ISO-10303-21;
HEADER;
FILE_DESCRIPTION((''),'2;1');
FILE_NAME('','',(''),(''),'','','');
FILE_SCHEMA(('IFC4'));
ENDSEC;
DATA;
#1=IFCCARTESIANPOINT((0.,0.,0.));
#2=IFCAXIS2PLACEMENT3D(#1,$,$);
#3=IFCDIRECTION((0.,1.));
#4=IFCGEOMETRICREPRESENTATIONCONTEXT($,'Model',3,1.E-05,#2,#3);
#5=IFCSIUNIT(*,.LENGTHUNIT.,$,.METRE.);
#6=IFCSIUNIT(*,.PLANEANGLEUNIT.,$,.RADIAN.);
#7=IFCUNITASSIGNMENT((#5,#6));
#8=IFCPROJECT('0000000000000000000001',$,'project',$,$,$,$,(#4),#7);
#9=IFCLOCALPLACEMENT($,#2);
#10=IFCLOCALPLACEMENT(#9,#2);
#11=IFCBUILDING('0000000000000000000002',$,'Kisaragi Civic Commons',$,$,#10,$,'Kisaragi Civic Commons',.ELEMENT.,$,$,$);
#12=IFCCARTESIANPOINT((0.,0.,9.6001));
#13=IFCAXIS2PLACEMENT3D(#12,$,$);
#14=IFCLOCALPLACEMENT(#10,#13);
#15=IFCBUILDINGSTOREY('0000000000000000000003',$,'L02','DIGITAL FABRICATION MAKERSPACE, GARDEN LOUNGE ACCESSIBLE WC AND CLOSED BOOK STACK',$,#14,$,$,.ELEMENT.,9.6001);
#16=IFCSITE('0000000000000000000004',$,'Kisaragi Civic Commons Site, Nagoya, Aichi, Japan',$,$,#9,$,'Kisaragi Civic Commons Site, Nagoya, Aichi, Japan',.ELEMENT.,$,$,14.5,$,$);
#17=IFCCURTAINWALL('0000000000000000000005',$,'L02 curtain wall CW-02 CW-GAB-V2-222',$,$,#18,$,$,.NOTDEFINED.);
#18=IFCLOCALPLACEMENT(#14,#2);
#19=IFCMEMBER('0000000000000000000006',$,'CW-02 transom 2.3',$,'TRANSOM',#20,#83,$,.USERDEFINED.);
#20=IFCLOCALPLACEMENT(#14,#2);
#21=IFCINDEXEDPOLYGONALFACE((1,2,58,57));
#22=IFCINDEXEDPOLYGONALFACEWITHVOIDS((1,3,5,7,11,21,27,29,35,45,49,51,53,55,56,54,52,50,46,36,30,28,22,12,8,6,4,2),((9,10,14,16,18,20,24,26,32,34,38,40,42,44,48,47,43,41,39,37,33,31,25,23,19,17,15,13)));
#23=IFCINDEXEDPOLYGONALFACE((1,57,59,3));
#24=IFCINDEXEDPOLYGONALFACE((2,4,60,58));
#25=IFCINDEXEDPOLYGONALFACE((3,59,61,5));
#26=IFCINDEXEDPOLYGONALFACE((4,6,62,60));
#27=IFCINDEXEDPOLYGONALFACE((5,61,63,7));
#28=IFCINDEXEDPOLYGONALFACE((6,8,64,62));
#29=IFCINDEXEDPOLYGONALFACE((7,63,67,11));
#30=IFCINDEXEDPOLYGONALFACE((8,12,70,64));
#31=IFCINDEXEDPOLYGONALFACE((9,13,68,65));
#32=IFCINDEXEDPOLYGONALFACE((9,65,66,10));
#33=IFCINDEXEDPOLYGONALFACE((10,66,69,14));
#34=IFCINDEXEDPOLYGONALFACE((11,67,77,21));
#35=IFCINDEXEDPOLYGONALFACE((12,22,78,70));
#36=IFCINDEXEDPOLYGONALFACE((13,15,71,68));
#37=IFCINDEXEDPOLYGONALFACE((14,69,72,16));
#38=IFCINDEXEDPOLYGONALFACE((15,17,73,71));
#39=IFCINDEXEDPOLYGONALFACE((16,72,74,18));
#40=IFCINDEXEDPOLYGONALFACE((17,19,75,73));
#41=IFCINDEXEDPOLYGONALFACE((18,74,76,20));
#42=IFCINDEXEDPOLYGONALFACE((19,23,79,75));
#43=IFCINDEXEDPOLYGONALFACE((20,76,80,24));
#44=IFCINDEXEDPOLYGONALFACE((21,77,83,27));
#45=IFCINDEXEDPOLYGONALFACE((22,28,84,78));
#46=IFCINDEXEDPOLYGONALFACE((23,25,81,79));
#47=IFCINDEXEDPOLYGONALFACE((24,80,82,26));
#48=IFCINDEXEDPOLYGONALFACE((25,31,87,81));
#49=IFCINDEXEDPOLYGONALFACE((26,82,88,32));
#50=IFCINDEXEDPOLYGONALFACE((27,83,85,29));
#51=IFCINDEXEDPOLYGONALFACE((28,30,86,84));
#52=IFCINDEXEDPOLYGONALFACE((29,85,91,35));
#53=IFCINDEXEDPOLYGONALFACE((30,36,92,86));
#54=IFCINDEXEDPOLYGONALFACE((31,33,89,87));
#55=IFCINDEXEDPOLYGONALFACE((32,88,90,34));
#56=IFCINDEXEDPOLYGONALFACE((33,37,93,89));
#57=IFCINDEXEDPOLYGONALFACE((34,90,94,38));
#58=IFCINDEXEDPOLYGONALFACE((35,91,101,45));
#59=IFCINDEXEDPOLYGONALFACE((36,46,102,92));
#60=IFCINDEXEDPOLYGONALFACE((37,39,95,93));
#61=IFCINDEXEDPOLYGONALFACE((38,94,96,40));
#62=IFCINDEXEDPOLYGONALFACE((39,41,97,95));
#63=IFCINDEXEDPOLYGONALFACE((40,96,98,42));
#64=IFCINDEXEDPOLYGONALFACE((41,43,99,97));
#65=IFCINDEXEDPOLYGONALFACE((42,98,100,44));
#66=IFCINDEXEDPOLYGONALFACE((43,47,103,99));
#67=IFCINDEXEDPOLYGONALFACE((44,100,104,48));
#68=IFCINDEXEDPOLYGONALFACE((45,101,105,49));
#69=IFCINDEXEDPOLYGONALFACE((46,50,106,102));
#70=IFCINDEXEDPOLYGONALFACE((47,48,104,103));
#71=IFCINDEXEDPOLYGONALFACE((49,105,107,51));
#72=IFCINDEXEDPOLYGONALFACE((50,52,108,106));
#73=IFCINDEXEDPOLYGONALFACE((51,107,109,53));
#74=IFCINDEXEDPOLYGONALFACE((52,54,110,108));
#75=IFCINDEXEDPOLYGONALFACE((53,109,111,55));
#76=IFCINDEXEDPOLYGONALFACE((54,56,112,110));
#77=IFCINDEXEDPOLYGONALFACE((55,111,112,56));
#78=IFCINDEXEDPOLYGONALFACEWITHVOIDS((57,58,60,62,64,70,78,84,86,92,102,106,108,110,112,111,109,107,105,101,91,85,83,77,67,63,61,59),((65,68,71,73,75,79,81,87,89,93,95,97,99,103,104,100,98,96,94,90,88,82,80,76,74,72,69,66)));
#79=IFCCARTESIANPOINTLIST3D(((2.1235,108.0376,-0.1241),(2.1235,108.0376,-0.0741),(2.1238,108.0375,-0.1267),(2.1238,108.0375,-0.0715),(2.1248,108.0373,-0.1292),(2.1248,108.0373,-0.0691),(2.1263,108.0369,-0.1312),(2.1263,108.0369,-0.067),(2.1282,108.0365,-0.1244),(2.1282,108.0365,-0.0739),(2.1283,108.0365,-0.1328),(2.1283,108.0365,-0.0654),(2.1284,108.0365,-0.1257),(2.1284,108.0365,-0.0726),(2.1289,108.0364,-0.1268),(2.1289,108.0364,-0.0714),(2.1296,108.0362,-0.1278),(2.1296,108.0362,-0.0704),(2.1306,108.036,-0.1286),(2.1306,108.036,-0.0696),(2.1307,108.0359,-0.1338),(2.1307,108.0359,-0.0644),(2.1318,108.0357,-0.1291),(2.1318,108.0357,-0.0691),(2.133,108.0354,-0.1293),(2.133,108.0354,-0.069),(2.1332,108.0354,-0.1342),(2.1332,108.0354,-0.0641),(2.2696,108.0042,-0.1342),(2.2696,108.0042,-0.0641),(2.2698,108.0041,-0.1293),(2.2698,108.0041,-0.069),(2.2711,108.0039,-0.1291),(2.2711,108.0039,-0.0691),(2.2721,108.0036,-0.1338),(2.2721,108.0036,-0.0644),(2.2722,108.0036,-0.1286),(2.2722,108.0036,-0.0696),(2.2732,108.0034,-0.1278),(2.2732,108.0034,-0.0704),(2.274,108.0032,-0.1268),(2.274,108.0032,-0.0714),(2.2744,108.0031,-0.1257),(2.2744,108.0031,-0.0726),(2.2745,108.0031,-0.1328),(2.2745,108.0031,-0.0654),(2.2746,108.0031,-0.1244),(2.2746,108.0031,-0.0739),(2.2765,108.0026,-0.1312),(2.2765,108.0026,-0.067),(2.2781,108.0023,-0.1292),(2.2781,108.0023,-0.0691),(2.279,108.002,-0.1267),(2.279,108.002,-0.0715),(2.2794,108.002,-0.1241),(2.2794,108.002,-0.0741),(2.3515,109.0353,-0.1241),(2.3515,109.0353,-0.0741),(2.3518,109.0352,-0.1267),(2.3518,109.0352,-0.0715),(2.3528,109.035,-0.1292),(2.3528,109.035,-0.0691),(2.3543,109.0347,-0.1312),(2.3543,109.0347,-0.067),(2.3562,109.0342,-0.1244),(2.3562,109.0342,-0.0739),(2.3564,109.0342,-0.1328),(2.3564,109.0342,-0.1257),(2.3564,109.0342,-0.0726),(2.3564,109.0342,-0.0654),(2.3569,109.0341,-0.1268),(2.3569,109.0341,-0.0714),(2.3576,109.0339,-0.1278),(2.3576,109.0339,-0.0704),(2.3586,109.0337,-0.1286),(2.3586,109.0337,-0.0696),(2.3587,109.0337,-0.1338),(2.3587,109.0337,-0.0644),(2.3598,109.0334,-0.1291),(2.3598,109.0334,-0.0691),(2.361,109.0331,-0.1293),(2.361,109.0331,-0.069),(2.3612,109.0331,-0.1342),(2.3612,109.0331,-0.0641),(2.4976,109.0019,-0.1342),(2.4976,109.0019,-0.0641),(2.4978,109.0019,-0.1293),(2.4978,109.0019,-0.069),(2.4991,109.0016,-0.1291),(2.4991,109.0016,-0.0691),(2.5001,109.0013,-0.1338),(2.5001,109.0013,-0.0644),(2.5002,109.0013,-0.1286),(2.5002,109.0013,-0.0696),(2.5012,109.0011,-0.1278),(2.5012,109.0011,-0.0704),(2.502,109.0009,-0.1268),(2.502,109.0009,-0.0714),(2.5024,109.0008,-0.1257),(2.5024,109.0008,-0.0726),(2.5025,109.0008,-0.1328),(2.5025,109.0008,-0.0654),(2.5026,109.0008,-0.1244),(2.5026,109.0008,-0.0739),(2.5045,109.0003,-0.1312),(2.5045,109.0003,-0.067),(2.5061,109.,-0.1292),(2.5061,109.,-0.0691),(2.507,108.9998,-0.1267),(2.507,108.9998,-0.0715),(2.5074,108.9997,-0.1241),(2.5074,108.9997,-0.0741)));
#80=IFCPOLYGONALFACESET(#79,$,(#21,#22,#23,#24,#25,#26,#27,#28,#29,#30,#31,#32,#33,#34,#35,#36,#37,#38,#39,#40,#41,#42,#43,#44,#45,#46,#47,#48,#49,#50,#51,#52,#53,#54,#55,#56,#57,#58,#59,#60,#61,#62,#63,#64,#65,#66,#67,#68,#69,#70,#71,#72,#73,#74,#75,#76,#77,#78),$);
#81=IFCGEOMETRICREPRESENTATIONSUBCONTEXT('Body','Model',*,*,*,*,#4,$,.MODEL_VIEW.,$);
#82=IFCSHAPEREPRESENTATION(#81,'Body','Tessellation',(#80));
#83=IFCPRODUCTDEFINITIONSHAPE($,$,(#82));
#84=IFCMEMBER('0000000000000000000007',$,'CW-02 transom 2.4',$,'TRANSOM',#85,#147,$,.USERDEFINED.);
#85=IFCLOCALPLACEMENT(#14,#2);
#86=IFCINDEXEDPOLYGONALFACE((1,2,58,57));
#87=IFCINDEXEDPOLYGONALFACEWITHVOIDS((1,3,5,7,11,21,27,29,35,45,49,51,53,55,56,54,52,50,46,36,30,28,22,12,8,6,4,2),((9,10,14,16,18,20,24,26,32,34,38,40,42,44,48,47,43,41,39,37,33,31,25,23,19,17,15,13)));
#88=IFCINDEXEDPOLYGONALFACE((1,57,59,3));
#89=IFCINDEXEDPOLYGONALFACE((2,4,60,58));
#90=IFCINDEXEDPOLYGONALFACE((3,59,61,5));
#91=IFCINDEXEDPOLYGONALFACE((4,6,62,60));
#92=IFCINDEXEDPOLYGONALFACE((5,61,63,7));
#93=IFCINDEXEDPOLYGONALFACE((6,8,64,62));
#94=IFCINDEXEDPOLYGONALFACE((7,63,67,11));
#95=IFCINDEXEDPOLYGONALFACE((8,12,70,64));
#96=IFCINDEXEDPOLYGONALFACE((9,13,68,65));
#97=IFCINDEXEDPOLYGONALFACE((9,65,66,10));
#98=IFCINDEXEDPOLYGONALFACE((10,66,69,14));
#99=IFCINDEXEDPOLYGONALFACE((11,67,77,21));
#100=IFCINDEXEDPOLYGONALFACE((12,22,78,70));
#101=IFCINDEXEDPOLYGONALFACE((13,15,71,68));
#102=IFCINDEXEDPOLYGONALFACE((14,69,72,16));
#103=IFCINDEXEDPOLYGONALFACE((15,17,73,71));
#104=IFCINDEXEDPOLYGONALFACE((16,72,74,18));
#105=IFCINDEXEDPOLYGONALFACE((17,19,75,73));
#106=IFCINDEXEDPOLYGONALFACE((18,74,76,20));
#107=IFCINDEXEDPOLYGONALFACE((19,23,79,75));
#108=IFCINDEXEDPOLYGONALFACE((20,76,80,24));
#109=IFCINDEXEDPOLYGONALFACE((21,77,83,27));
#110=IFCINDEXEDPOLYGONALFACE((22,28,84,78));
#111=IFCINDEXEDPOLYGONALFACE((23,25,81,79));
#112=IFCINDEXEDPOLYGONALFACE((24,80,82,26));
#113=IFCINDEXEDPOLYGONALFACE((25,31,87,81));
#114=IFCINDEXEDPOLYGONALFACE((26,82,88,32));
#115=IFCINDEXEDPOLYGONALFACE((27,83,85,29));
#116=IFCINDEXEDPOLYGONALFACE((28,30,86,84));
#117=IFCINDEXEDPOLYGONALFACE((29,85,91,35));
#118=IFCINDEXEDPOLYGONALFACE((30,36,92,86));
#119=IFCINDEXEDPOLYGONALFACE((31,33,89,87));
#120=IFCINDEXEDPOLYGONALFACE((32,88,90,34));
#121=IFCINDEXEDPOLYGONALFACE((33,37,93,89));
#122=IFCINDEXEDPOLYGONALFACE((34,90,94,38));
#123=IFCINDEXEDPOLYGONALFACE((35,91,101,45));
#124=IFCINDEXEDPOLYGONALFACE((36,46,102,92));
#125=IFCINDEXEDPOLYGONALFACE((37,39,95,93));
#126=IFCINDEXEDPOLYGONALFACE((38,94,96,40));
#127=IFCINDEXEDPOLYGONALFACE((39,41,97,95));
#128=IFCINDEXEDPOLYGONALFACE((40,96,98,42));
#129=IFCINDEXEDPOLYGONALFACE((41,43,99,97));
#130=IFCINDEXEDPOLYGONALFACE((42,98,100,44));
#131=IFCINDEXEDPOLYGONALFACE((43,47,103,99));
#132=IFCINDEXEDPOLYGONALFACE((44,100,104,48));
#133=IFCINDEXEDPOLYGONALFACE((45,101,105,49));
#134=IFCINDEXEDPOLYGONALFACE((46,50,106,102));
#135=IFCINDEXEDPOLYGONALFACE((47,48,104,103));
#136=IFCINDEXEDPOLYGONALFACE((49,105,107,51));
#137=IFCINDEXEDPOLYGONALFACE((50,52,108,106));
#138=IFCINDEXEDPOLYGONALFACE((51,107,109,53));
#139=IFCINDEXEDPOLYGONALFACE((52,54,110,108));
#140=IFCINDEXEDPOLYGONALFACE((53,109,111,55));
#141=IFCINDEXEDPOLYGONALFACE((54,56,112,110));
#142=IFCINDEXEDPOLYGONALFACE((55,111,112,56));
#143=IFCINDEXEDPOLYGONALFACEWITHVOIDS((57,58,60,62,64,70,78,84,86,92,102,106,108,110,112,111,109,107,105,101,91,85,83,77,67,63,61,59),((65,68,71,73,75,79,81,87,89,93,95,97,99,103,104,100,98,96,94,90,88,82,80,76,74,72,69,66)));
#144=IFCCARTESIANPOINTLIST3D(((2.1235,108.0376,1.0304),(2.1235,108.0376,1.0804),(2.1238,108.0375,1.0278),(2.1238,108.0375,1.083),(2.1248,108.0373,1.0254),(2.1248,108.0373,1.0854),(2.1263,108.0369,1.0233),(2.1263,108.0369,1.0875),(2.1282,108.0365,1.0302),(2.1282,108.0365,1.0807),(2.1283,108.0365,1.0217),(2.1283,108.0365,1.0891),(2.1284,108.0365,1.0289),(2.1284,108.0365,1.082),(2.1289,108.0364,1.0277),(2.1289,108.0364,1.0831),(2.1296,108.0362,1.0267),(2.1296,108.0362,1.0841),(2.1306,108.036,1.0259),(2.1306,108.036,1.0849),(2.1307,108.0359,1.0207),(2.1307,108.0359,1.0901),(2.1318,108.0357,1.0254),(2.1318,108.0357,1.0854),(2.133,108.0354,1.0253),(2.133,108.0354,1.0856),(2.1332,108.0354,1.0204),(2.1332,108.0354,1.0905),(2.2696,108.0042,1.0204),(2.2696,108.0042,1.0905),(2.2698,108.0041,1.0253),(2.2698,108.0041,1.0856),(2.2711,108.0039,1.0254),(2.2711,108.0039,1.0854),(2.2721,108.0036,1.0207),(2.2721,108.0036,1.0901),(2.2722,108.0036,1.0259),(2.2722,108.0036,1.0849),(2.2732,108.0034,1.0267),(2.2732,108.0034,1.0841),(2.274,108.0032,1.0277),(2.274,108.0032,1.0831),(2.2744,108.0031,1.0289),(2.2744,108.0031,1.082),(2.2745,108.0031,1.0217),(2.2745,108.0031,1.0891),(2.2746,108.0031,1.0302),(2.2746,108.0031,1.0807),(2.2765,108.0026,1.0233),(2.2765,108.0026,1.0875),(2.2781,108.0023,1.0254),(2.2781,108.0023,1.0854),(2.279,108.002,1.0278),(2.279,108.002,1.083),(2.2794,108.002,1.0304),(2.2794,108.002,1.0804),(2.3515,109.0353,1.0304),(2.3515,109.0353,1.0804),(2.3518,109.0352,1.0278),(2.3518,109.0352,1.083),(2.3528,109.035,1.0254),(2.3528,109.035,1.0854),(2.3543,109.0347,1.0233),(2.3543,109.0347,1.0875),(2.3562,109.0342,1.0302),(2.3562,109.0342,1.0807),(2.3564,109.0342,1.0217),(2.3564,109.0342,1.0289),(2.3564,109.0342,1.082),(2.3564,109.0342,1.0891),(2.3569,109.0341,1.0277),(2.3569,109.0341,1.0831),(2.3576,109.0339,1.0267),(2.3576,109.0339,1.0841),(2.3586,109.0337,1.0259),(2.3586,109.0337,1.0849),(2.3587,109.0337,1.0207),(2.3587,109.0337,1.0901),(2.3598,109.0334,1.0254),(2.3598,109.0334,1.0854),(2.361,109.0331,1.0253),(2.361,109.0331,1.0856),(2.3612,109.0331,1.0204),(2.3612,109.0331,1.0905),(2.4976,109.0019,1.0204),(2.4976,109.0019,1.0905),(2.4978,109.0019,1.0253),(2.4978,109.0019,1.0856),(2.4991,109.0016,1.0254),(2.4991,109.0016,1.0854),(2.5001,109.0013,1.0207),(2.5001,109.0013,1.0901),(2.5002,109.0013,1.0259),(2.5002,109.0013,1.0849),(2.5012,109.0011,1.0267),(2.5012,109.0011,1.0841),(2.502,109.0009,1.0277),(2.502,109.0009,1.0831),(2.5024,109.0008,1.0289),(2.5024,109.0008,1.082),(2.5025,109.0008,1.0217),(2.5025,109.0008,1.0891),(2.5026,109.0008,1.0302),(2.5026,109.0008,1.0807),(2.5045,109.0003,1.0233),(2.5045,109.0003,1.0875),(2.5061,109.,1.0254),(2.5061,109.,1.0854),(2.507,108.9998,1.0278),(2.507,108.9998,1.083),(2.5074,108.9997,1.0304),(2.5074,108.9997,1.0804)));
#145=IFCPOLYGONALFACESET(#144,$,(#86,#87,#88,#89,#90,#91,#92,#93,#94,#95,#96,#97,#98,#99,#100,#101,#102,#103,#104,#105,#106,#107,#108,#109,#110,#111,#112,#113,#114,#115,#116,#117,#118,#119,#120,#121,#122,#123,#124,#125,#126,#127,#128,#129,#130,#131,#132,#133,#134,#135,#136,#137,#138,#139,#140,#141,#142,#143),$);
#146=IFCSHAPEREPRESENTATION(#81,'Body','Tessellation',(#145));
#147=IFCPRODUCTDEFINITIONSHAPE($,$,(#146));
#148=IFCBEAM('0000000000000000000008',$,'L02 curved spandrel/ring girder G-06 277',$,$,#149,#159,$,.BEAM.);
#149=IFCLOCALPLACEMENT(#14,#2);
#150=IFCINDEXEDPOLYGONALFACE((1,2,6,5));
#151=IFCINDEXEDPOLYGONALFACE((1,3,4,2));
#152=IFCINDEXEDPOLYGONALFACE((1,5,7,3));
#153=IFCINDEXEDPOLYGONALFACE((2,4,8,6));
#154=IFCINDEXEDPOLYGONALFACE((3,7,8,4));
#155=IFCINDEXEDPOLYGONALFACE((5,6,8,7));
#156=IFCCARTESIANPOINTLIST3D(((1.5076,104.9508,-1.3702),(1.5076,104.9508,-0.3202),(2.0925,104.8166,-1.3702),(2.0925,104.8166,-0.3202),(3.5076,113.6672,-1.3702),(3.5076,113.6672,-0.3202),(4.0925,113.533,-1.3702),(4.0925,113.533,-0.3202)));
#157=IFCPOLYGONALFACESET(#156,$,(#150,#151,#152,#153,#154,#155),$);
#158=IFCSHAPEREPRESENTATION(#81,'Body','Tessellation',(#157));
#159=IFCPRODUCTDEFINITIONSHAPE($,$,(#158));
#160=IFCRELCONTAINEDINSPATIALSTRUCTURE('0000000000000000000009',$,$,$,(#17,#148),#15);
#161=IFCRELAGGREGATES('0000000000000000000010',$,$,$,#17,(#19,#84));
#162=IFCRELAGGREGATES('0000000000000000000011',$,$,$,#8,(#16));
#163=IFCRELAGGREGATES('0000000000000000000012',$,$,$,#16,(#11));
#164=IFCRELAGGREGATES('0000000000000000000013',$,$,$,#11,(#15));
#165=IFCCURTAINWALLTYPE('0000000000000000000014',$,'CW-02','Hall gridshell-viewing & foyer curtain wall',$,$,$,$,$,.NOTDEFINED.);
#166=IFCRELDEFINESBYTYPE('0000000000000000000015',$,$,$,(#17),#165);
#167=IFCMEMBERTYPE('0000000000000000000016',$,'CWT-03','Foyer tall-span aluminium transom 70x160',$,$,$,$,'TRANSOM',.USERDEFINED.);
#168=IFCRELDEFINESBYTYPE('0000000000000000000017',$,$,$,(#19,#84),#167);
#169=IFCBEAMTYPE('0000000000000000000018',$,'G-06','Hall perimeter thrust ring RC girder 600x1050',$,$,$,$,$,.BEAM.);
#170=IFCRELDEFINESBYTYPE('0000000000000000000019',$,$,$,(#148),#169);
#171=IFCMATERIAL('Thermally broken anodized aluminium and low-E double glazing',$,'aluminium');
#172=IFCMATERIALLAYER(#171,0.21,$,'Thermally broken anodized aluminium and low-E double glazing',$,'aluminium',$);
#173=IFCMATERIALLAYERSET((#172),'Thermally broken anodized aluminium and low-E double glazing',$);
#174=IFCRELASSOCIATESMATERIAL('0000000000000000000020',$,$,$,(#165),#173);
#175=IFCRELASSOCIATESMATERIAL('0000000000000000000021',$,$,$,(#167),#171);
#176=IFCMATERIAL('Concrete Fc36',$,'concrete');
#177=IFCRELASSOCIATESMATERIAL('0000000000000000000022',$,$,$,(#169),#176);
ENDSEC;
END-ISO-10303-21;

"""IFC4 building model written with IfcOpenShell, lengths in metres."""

from ifc_helpers import new_model, si_unit, direction, frame, origin, origin_2d, place, context, subcontext, project, spatial, rectangle, hollow_rectangle, extrude, material, layer, layer_set, material_profile, profile_set, type_object, element, aggregate, save


model = new_model("IFC4")

# Units and contexts
model_context = context("Model", 3, precision=1e-05, world=origin(), true_north=direction((0.0, 1.0)))
body_context = subcontext(model_context, "Body", "Model", "MODEL_VIEW")
ifc_project = project(units=[si_unit("LENGTHUNIT", "METRE"), si_unit("PLANEANGLEUNIT", "RADIAN")], contexts=[model_context])

# Site, building, storey
site_placement = place(None, origin())
site = spatial("IfcSite", under=ifc_project, at=site_placement, Name="Kisaragi Civic Commons Site, Nagoya, Aichi, Japan", LongName="Kisaragi Civic Commons Site, Nagoya, Aichi, Japan", CompositionType="ELEMENT", RefElevation=14.5)
building_placement = place(site_placement, origin())
building = spatial("IfcBuilding", under=site, at=building_placement, Name="Kisaragi Civic Commons", LongName="Kisaragi Civic Commons", CompositionType="ELEMENT")
storey_placement = place(building_placement, frame((0.0, 0.0, 9.6001)))
storey = spatial("IfcBuildingStorey", under=building, at=storey_placement, Name="L02", Description="DIGITAL FABRICATION MAKERSPACE, GARDEN LOUNGE ACCESSIBLE WC AND CLOSED BOOK STACK", CompositionType="ELEMENT", Elevation=9.6001)

# Shared definitions
ifc_material_1 = material(Name="Thermally broken anodized aluminium and low-E double glazing", Category="aluminium")

# Curtain wall, members
ifc_layer_1 = layer(ifc_material_1, 0.21, Name="Thermally broken anodized aluminium and low-E double glazing", Category="aluminium")
ifc_layer_set_1 = layer_set([ifc_layer_1], Name="Thermally broken anodized aluminium and low-E double glazing")
curtain_wall_type_1 = type_object("IfcCurtainWallType", Name="CW-02", Description="Hall gridshell-viewing & foyer curtain wall", PredefinedType="NOTDEFINED", material=ifc_layer_set_1)
curtain_wall_1_placement = place(storey_placement, origin())
curtain_wall_1 = element("IfcCurtainWall", 1, at=curtain_wall_1_placement, inside=storey, type_object=curtain_wall_type_1, Name="L02 curtain wall CW-02 CW-GAB-V2-222", PredefinedType="NOTDEFINED")
ifc_material_profile_1 = material_profile(ifc_material_1, hollow_rectangle(XDim=0.1599, YDim=0.0701, WallThickness=0.0049, InnerFilletRadius=0.0049, OuterFilletRadius=0.01, at=origin_2d()), Name="CWT-70x160x5", Category="aluminium")
ifc_profile_set_1 = profile_set([ifc_material_profile_1], Name="Thermally broken anodized aluminium and low-E double glazing")
member_type_1 = type_object("IfcMemberType", Name="CWT-03", Description="Foyer tall-span aluminium transom 70x160", ElementType="TRANSOM", PredefinedType="USERDEFINED", material=ifc_profile_set_1)
member_1_placement = place(storey_placement, frame((2.2014, 108.0198, -0.0991), z_axis=(0.222786, 0.974867, 0.0), x_axis=(-0.974867, 0.222786, 0.0)))
member_1 = element("IfcMember", 2, at=member_1_placement, type_object=member_type_1, Name="CW-02 transom 2.3", ObjectType="TRANSOM", PredefinedType="USERDEFINED", context=body_context, shape_type="SweptSolid", body=[
    extrude(hollow_rectangle(XDim=0.1599, YDim=0.0701, WallThickness=0.0049, InnerFilletRadius=0.0049, OuterFilletRadius=0.01, at=origin_2d()), origin(), (0.0, 0.0, 1.0), 1.0234),
])
member_2_placement = place(storey_placement, frame((2.2014, 108.0198, 1.0554), z_axis=(0.222786, 0.974867, 0.0), x_axis=(-0.974867, 0.222786, 0.0)))
member_2 = element("IfcMember", 3, at=member_2_placement, type_object=member_type_1, Name="CW-02 transom 2.4", ObjectType="TRANSOM", PredefinedType="USERDEFINED", context=body_context, shape_type="SweptSolid", body=[
    extrude(hollow_rectangle(XDim=0.1599, YDim=0.0701, WallThickness=0.0049, InnerFilletRadius=0.0049, OuterFilletRadius=0.01, at=origin_2d()), origin(), (0.0, 0.0, 1.0), 1.0234),
])

# Beam
ifc_material_2 = material(Name="Concrete Fc36", Category="concrete")
ifc_material_profile_2 = material_profile(ifc_material_2, rectangle(XDim=0.6001, YDim=1.05, at=origin_2d()), Name="RC-600x1050", Category="concrete")
ifc_profile_set_2 = profile_set([ifc_material_profile_2], Name="Concrete Fc36")
beam_type = type_object("IfcBeamType", Name="G-06", Description="Hall perimeter thrust ring RC girder 600x1050", PredefinedType="BEAM", material=ifc_profile_set_2)
beam_placement = place(storey_placement, frame((3.8, 113.6001, -0.8452), z_axis=(-0.223643, -0.974671, 0.0), x_axis=(0.974671, -0.223643, 0.0)))
element("IfcBeam", 4, at=beam_placement, inside=storey, type_object=beam_type, Name="L02 curved spandrel/ring girder G-06 277", PredefinedType="BEAM", context=body_context, shape_type="SweptSolid", body=[
    extrude(rectangle(XDim=0.6001, YDim=1.05, at=origin_2d()), origin(), (0.0, 0.0, 1.0), 8.9429),
])

aggregate(curtain_wall_1, [member_1, member_2])

save(model, "model.ifc")
